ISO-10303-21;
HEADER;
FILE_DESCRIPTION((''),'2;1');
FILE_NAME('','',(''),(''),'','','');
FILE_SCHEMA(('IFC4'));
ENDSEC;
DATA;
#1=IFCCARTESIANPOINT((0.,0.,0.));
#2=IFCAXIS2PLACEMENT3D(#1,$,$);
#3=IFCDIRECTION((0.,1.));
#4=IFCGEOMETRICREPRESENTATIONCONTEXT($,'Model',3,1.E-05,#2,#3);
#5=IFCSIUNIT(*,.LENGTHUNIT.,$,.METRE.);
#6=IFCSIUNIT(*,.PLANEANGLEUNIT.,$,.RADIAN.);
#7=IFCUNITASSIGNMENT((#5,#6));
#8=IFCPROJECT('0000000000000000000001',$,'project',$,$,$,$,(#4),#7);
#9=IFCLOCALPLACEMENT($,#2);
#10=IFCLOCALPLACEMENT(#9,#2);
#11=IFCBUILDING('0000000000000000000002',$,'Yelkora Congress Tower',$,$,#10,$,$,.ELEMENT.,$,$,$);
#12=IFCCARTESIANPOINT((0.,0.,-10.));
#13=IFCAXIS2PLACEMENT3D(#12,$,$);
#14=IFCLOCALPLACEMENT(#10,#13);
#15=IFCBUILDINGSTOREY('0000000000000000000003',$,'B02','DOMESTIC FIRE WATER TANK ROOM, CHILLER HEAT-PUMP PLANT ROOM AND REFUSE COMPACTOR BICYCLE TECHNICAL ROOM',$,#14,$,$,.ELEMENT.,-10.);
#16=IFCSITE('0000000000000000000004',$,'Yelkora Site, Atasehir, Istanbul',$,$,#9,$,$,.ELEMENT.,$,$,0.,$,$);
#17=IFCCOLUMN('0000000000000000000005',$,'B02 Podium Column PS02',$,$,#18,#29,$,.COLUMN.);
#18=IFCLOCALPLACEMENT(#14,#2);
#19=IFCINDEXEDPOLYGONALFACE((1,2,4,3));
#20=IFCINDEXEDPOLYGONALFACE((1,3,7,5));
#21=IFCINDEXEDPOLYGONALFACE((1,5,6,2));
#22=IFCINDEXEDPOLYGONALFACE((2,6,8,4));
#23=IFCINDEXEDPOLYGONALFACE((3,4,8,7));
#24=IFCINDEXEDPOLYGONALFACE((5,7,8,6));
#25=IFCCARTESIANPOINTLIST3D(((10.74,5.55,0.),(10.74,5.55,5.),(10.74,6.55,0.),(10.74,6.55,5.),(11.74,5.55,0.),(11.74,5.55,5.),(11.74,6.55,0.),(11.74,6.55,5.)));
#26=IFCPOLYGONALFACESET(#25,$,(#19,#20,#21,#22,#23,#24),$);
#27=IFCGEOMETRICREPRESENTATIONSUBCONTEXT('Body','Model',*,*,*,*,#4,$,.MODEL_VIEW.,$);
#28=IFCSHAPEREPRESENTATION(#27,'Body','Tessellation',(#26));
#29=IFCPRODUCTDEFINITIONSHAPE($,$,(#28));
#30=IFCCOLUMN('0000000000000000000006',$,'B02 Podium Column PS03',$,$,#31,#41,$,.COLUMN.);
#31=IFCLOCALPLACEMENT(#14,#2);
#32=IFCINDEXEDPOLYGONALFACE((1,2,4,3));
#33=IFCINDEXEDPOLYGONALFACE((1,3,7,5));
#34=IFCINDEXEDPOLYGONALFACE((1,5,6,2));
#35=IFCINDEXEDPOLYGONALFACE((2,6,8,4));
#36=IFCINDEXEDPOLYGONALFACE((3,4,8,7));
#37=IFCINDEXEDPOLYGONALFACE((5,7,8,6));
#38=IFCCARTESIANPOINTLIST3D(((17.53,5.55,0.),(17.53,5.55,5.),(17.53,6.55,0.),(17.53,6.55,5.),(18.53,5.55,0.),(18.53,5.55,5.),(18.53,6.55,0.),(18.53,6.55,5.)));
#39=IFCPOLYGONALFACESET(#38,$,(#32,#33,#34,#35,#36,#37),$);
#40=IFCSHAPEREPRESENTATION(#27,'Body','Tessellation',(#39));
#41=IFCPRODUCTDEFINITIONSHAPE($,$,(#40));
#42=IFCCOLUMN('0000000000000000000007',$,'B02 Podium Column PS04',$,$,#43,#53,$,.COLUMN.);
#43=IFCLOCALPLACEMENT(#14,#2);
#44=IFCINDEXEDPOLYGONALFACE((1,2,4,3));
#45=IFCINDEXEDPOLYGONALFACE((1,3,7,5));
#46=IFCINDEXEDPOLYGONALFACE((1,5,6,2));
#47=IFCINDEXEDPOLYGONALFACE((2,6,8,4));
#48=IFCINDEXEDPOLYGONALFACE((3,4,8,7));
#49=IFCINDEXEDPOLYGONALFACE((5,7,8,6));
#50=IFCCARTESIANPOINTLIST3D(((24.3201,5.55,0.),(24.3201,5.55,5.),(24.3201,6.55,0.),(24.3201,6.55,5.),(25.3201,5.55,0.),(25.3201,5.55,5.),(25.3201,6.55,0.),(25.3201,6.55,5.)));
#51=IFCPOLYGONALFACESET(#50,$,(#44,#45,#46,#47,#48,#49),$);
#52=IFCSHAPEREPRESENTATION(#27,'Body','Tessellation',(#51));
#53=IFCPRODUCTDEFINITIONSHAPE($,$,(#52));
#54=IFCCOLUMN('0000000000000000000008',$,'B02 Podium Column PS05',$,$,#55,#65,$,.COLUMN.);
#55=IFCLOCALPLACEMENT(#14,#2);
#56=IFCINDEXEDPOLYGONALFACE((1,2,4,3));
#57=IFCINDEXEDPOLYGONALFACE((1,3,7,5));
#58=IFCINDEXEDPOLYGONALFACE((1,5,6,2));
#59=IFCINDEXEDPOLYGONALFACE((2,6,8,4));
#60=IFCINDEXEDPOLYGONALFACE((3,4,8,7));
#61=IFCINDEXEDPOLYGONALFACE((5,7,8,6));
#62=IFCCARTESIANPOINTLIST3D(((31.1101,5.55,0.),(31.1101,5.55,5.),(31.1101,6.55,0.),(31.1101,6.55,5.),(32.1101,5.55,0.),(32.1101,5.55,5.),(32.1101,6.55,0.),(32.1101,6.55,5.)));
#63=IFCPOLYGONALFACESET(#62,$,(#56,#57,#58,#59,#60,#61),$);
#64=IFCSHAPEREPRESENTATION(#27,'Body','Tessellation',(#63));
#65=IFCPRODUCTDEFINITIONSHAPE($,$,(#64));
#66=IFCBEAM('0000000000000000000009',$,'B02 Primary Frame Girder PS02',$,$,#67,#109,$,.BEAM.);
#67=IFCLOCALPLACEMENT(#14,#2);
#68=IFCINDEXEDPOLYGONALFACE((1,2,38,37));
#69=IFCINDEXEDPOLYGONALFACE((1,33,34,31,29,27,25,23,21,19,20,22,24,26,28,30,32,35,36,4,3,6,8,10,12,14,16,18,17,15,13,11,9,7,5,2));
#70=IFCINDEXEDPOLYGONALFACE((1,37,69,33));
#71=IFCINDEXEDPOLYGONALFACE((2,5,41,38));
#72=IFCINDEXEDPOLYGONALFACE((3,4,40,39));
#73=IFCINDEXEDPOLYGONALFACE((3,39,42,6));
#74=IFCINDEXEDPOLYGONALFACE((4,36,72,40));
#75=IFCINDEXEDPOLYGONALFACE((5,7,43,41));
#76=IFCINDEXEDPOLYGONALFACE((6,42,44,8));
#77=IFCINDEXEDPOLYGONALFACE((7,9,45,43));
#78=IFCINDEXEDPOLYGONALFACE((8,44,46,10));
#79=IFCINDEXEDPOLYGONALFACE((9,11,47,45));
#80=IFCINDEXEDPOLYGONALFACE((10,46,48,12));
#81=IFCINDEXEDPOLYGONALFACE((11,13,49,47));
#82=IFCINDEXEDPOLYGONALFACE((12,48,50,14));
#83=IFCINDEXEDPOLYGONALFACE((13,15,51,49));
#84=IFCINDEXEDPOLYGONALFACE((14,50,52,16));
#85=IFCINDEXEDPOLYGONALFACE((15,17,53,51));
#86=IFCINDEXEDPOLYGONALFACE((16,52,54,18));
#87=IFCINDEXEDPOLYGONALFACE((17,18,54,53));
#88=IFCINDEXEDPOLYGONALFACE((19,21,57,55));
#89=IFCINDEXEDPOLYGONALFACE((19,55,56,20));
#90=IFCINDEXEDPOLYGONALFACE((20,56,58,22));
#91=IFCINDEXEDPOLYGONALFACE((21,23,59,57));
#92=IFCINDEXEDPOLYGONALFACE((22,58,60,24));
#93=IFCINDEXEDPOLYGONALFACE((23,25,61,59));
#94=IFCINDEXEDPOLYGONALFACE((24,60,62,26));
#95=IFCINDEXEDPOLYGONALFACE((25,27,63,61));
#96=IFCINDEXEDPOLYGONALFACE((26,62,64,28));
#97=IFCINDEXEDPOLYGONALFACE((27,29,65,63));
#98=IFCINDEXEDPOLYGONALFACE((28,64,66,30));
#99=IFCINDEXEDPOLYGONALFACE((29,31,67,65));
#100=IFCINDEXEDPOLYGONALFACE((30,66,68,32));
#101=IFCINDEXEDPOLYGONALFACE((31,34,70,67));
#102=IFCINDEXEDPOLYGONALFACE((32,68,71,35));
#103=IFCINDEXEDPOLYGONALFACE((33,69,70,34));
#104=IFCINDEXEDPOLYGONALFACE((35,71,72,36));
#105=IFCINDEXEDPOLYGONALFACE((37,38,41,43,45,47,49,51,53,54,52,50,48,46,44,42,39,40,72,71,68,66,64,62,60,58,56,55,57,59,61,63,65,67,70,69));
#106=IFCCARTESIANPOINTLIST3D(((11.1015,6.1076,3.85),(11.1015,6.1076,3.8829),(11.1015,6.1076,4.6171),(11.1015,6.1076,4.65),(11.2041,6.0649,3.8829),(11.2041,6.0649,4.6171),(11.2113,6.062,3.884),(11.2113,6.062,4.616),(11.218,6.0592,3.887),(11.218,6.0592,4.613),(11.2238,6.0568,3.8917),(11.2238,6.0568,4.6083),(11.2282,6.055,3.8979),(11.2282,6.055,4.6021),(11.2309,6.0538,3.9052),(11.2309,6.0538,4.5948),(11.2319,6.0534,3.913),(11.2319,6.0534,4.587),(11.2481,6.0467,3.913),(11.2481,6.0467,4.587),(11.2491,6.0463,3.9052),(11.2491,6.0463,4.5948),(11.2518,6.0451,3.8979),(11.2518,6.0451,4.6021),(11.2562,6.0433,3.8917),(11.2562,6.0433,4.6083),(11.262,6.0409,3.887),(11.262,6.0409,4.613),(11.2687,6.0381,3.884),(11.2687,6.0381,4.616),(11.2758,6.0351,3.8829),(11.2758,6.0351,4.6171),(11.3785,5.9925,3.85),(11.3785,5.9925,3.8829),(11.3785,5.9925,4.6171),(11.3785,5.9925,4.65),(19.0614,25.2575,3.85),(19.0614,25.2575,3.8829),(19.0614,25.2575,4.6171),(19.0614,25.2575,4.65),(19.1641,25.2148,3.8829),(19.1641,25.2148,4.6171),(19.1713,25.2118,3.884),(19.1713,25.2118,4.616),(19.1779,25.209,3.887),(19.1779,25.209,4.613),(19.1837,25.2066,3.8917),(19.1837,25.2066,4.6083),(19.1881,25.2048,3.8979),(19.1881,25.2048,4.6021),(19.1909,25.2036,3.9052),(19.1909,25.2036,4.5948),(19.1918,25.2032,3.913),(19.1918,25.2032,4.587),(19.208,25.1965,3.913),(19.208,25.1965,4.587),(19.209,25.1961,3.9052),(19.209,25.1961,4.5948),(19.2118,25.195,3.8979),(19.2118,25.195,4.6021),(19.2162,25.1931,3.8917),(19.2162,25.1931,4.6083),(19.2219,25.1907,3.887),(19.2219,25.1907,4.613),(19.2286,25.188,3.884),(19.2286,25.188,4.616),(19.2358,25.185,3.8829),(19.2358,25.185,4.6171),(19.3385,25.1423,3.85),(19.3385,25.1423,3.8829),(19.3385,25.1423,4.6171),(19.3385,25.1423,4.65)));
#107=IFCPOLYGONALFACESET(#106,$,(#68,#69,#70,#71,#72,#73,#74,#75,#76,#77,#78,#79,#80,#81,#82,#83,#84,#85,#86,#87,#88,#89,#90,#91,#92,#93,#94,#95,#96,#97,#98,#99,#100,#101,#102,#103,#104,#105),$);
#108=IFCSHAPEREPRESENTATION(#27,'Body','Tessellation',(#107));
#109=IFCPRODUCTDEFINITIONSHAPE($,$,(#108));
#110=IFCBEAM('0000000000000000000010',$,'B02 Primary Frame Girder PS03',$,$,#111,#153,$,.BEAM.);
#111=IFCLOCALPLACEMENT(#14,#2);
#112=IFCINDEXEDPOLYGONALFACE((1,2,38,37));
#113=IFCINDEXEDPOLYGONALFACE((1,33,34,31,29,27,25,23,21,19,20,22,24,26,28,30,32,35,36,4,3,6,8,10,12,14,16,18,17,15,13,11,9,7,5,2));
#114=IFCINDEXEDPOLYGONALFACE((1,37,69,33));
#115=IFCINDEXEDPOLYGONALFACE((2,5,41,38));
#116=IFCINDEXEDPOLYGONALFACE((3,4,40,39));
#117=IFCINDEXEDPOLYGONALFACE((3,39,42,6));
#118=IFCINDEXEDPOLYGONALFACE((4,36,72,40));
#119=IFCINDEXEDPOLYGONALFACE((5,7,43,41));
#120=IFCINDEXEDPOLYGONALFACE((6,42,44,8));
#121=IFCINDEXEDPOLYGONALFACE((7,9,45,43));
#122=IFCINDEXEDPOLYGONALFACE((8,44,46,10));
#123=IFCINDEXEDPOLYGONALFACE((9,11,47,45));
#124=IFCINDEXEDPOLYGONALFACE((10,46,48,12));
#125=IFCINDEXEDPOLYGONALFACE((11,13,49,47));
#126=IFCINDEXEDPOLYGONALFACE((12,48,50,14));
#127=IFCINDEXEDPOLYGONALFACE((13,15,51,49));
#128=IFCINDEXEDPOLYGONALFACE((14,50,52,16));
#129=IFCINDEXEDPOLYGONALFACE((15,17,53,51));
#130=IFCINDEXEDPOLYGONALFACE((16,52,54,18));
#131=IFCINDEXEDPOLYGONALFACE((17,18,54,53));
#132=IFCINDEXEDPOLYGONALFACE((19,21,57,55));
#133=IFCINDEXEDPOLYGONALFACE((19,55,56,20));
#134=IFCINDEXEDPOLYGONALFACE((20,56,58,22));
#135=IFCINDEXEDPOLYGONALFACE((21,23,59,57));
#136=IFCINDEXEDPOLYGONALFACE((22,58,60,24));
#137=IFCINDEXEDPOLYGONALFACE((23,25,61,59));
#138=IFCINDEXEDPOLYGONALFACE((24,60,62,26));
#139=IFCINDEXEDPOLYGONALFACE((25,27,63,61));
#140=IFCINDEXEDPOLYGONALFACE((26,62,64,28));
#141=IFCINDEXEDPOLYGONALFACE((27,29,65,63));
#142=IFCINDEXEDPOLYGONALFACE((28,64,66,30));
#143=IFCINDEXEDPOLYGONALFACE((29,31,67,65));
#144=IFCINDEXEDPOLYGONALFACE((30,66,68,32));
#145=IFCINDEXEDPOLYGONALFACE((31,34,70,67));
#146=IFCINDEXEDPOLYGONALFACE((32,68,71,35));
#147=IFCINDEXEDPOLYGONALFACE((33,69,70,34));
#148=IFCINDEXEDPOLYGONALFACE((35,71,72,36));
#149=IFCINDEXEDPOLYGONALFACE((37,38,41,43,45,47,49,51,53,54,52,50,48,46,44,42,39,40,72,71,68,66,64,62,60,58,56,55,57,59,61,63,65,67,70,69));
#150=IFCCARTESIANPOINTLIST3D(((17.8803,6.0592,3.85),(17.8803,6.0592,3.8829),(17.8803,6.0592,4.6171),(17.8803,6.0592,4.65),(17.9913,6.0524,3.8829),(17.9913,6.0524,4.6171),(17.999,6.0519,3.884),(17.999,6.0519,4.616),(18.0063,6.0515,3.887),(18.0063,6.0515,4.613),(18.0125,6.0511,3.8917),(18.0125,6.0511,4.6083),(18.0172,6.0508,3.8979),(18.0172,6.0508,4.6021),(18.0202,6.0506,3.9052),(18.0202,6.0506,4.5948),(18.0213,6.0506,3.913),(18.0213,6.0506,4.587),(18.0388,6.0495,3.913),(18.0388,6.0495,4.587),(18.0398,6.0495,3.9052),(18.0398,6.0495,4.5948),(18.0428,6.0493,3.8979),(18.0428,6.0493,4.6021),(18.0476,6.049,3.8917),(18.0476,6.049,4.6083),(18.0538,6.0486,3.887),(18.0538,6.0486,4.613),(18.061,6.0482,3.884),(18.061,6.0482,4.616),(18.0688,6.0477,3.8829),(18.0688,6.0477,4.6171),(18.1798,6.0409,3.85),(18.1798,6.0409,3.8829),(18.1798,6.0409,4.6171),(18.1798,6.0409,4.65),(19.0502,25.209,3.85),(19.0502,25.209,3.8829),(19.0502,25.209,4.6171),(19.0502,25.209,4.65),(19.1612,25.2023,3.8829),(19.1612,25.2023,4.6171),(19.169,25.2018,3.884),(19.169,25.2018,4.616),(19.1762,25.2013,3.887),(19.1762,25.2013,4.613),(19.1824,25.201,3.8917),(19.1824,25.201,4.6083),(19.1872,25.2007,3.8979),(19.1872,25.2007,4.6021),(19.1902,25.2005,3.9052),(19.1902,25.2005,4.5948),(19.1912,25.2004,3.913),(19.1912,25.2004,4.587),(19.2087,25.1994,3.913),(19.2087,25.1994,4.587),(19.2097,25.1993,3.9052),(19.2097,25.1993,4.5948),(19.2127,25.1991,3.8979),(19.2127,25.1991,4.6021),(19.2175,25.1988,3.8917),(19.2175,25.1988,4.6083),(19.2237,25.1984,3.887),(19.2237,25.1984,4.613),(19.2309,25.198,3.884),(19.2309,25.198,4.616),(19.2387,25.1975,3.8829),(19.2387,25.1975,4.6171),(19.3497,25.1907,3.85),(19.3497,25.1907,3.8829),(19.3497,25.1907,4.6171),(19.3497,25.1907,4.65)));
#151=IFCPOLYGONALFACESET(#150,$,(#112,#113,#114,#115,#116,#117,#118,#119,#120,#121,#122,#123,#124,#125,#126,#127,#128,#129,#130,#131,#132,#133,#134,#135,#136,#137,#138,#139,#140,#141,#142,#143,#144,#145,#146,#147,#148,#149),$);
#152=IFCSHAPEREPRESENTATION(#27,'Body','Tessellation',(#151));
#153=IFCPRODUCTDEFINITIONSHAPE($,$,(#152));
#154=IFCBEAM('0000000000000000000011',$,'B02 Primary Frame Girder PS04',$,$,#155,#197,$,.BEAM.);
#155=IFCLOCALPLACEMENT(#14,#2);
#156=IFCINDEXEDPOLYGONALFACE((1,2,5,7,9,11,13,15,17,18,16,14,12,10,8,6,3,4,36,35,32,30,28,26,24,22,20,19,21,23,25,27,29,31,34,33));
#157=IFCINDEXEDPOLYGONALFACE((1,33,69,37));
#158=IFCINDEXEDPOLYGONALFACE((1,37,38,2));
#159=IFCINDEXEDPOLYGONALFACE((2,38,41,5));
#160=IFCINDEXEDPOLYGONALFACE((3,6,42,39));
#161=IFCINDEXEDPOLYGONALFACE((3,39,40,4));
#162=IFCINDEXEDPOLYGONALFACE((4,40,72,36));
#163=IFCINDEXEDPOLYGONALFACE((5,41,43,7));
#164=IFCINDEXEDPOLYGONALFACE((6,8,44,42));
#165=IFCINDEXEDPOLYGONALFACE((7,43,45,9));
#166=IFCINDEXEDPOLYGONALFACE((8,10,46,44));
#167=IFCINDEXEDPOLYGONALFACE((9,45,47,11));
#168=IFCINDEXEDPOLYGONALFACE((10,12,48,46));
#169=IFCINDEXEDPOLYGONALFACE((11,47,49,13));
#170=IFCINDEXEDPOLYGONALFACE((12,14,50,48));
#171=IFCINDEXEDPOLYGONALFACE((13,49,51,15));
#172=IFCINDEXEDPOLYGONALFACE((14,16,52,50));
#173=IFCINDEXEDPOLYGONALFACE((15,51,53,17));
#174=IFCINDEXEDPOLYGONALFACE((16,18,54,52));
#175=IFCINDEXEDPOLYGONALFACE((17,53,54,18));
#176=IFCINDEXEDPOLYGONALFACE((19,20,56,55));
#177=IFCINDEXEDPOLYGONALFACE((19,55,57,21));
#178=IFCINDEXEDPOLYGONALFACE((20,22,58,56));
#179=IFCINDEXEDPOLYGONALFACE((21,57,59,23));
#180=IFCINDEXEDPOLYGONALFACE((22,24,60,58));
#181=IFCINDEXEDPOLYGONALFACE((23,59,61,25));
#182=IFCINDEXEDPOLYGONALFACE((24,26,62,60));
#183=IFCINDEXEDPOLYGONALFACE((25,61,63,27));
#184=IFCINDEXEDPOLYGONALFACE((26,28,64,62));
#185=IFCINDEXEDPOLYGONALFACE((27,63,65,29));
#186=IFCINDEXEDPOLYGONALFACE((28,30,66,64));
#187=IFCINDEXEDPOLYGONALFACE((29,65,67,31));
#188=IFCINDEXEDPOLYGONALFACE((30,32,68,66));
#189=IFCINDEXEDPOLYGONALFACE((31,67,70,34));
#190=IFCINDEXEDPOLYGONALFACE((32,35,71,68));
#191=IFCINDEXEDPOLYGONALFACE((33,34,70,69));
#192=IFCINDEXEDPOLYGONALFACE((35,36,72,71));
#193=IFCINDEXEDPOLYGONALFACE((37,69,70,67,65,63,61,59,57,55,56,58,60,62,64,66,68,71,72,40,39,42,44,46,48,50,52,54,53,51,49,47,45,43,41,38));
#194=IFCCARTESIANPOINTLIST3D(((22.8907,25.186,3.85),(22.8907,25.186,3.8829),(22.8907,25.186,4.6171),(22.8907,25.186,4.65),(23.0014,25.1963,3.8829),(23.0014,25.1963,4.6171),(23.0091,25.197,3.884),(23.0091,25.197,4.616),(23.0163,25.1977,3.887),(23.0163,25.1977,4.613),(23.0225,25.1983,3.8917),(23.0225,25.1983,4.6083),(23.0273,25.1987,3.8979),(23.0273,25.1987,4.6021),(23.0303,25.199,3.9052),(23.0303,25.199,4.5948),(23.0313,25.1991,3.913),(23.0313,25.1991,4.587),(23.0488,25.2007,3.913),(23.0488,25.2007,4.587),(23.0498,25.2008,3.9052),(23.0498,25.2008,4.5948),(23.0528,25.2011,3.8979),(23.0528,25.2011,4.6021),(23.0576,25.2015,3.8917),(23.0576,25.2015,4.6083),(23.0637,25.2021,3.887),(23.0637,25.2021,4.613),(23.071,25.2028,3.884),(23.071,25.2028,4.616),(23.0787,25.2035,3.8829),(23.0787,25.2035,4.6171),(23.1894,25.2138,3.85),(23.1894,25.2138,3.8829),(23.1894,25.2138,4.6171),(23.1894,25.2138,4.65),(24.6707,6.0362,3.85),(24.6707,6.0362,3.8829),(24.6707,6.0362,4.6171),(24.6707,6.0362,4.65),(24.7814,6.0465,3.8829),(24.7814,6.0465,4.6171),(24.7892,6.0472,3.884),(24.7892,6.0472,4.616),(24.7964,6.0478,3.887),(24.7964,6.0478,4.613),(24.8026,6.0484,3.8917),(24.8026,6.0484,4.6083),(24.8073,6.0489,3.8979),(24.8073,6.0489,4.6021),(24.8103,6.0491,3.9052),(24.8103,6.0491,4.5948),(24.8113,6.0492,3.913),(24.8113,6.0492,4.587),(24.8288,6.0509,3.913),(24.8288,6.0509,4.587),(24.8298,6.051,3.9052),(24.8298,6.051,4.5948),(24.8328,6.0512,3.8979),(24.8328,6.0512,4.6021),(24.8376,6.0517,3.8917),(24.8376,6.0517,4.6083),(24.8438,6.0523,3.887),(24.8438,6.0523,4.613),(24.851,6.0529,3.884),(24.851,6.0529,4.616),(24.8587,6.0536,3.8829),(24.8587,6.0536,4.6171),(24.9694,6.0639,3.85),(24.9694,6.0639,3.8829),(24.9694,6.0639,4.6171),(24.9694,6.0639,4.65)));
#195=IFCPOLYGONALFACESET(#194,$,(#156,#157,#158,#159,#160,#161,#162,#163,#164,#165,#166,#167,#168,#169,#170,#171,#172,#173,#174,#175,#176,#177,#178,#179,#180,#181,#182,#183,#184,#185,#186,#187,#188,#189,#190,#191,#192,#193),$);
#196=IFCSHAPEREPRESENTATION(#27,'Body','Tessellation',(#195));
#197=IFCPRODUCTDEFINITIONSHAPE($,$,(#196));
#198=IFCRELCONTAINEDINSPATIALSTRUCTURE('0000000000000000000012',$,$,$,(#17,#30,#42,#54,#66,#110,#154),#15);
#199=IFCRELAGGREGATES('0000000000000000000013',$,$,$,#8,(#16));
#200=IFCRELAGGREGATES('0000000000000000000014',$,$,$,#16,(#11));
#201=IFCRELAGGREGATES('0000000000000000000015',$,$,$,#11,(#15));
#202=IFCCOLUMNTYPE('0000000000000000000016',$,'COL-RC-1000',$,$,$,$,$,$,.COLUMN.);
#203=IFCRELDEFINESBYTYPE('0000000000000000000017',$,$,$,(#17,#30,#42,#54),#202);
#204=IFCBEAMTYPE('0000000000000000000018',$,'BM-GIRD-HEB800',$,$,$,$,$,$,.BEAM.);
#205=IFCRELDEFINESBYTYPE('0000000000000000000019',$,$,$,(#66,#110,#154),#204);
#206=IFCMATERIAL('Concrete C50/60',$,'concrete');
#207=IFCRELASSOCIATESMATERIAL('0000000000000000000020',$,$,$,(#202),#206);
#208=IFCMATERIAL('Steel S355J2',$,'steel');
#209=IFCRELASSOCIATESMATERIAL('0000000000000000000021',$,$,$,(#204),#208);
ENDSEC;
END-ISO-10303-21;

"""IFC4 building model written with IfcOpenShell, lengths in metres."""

from ifc_helpers import new_model, si_unit, direction, frame, origin, origin_2d, place, context, subcontext, project, spatial, rectangle, i_section, extrude, material, material_profile, profile_set, type_object, element, save


model = new_model("IFC4")

# Units and contexts
model_context = context("Model", 3, precision=1e-05, world=origin(), true_north=direction((0.0, 1.0)))
body_context = subcontext(model_context, "Body", "Model", "MODEL_VIEW")
ifc_project = project(units=[si_unit("LENGTHUNIT", "METRE"), si_unit("PLANEANGLEUNIT", "RADIAN")], contexts=[model_context])

# Site, building, storey
site_placement = place(None, origin())
site = spatial("IfcSite", under=ifc_project, at=site_placement, Name="Yelkora Site, Atasehir, Istanbul", CompositionType="ELEMENT", RefElevation=0.0)
building_placement = place(site_placement, origin())
building = spatial("IfcBuilding", under=site, at=building_placement, Name="Yelkora Congress Tower", CompositionType="ELEMENT")
storey_placement = place(building_placement, frame((0.0, 0.0, -10.0)))
storey = spatial("IfcBuildingStorey", under=building, at=storey_placement, Name="B02", Description="DOMESTIC FIRE WATER TANK ROOM, CHILLER HEAT-PUMP PLANT ROOM AND REFUSE COMPACTOR BICYCLE TECHNICAL ROOM", CompositionType="ELEMENT", Elevation=-10.0)

# Shared definitions
ifc_material_1 = material(Name="Concrete C50/60", Category="concrete")

# Columns
ifc_material_profile_1 = material_profile(ifc_material_1, rectangle(XDim=1.0, YDim=1.0, at=origin_2d()), Name="RC 1000x1000")
ifc_profile_set_1 = profile_set([ifc_material_profile_1], Name="Concrete C50/60")
column_type = type_object("IfcColumnType", Name="COL-RC-1000", PredefinedType="COLUMN", material=ifc_profile_set_1)
for number, where, z_axis, x_axis, name in (
    (1, (11.24, 6.05, 0.0), (0.0, 0.0, 1.0), (1.0, 0.0, 0.0), "B02 Podium Column PS02"),
    (2, (18.03, 6.05, 0.0), (0.0, 0.0, 1.0), (1.0, 0.0, 0.0), "B02 Podium Column PS03"),
    (3, (24.8201, 6.05, 0.0), (0.0, 0.0, 1.0), (1.0, 0.0, 0.0), "B02 Podium Column PS04"),
    (4, (31.6101, 6.05, 0.0), (0.0, 0.0, 1.0), (1.0, 0.0, 0.0), "B02 Podium Column PS05"),
):
    element("IfcColumn", number, at=place(storey_placement, frame(where, z_axis=z_axis, x_axis=x_axis)), inside=storey, type_object=column_type, Name=name, PredefinedType="COLUMN", context=body_context, shape_type="SweptSolid", body=[
        extrude(rectangle(XDim=1.0, YDim=1.0, at=origin_2d()), origin(), (0.0, 0.0, 1.0), 5.0),
    ])

# Beams
ifc_material_2 = material(Name="Steel S355J2", Category="steel")
ifc_material_profile_2 = material_profile(ifc_material_2, i_section(OverallWidth=0.3, OverallDepth=0.8, WebThickness=0.0176, FlangeThickness=0.033, FilletRadius=0.03, at=origin_2d()), Name="HEB 800")
ifc_profile_set_2 = profile_set([ifc_material_profile_2], Name="Steel S355J2")
beam_type_1 = type_object("IfcBeamType", Name="BM-GIRD-HEB800", PredefinedType="BEAM", material=ifc_profile_set_2)
beam_1_placement = place(storey_placement, frame((11.24, 6.05, 4.25), z_axis=(0.383828, 0.923405, 0.0), x_axis=(-0.923405, 0.383828, 0.0)))
element("IfcBeam", 5, at=beam_1_placement, inside=storey, type_object=beam_type_1, Name="B02 Primary Frame Girder PS02", PredefinedType="BEAM", context=body_context, shape_type="SweptSolid", body=[
    extrude(i_section(OverallWidth=0.3, OverallDepth=0.8, WebThickness=0.0176, FlangeThickness=0.033, FilletRadius=0.03, at=origin_2d()), origin(), (0.0, 0.0, 1.0), 20.7383),
])
beam_2_placement = place(storey_placement, frame((18.03, 6.05, 4.25), z_axis=(0.060979, 0.998139, 0.0), x_axis=(-0.998139, 0.060979, 0.0)))
element("IfcBeam", 6, at=beam_2_placement, inside=storey, type_object=beam_type_1, Name="B02 Primary Frame Girder PS03", PredefinedType="BEAM", context=body_context, shape_type="SweptSolid", body=[
    extrude(i_section(OverallWidth=0.3, OverallDepth=0.8, WebThickness=0.0176, FlangeThickness=0.033, FilletRadius=0.03, at=origin_2d()), origin(), (0.0, 0.0, 1.0), 19.1855),
])
beam_3_placement = place(storey_placement, frame((24.8201, 6.05, 4.25), z_axis=(-0.092553, 0.995708, 0.0), x_axis=(-0.995708, -0.092553, 0.0)))
element("IfcBeam", 7, at=beam_3_placement, inside=storey, type_object=beam_type_1, Name="B02 Primary Frame Girder PS04", PredefinedType="BEAM", context=body_context, shape_type="SweptSolid", body=[
    extrude(i_section(OverallWidth=0.3, OverallDepth=0.8, WebThickness=0.0176, FlangeThickness=0.033, FilletRadius=0.03, at=origin_2d()), origin(), (0.0, 0.0, 1.0), 19.2324),
])

save(model, "model.ifc")
